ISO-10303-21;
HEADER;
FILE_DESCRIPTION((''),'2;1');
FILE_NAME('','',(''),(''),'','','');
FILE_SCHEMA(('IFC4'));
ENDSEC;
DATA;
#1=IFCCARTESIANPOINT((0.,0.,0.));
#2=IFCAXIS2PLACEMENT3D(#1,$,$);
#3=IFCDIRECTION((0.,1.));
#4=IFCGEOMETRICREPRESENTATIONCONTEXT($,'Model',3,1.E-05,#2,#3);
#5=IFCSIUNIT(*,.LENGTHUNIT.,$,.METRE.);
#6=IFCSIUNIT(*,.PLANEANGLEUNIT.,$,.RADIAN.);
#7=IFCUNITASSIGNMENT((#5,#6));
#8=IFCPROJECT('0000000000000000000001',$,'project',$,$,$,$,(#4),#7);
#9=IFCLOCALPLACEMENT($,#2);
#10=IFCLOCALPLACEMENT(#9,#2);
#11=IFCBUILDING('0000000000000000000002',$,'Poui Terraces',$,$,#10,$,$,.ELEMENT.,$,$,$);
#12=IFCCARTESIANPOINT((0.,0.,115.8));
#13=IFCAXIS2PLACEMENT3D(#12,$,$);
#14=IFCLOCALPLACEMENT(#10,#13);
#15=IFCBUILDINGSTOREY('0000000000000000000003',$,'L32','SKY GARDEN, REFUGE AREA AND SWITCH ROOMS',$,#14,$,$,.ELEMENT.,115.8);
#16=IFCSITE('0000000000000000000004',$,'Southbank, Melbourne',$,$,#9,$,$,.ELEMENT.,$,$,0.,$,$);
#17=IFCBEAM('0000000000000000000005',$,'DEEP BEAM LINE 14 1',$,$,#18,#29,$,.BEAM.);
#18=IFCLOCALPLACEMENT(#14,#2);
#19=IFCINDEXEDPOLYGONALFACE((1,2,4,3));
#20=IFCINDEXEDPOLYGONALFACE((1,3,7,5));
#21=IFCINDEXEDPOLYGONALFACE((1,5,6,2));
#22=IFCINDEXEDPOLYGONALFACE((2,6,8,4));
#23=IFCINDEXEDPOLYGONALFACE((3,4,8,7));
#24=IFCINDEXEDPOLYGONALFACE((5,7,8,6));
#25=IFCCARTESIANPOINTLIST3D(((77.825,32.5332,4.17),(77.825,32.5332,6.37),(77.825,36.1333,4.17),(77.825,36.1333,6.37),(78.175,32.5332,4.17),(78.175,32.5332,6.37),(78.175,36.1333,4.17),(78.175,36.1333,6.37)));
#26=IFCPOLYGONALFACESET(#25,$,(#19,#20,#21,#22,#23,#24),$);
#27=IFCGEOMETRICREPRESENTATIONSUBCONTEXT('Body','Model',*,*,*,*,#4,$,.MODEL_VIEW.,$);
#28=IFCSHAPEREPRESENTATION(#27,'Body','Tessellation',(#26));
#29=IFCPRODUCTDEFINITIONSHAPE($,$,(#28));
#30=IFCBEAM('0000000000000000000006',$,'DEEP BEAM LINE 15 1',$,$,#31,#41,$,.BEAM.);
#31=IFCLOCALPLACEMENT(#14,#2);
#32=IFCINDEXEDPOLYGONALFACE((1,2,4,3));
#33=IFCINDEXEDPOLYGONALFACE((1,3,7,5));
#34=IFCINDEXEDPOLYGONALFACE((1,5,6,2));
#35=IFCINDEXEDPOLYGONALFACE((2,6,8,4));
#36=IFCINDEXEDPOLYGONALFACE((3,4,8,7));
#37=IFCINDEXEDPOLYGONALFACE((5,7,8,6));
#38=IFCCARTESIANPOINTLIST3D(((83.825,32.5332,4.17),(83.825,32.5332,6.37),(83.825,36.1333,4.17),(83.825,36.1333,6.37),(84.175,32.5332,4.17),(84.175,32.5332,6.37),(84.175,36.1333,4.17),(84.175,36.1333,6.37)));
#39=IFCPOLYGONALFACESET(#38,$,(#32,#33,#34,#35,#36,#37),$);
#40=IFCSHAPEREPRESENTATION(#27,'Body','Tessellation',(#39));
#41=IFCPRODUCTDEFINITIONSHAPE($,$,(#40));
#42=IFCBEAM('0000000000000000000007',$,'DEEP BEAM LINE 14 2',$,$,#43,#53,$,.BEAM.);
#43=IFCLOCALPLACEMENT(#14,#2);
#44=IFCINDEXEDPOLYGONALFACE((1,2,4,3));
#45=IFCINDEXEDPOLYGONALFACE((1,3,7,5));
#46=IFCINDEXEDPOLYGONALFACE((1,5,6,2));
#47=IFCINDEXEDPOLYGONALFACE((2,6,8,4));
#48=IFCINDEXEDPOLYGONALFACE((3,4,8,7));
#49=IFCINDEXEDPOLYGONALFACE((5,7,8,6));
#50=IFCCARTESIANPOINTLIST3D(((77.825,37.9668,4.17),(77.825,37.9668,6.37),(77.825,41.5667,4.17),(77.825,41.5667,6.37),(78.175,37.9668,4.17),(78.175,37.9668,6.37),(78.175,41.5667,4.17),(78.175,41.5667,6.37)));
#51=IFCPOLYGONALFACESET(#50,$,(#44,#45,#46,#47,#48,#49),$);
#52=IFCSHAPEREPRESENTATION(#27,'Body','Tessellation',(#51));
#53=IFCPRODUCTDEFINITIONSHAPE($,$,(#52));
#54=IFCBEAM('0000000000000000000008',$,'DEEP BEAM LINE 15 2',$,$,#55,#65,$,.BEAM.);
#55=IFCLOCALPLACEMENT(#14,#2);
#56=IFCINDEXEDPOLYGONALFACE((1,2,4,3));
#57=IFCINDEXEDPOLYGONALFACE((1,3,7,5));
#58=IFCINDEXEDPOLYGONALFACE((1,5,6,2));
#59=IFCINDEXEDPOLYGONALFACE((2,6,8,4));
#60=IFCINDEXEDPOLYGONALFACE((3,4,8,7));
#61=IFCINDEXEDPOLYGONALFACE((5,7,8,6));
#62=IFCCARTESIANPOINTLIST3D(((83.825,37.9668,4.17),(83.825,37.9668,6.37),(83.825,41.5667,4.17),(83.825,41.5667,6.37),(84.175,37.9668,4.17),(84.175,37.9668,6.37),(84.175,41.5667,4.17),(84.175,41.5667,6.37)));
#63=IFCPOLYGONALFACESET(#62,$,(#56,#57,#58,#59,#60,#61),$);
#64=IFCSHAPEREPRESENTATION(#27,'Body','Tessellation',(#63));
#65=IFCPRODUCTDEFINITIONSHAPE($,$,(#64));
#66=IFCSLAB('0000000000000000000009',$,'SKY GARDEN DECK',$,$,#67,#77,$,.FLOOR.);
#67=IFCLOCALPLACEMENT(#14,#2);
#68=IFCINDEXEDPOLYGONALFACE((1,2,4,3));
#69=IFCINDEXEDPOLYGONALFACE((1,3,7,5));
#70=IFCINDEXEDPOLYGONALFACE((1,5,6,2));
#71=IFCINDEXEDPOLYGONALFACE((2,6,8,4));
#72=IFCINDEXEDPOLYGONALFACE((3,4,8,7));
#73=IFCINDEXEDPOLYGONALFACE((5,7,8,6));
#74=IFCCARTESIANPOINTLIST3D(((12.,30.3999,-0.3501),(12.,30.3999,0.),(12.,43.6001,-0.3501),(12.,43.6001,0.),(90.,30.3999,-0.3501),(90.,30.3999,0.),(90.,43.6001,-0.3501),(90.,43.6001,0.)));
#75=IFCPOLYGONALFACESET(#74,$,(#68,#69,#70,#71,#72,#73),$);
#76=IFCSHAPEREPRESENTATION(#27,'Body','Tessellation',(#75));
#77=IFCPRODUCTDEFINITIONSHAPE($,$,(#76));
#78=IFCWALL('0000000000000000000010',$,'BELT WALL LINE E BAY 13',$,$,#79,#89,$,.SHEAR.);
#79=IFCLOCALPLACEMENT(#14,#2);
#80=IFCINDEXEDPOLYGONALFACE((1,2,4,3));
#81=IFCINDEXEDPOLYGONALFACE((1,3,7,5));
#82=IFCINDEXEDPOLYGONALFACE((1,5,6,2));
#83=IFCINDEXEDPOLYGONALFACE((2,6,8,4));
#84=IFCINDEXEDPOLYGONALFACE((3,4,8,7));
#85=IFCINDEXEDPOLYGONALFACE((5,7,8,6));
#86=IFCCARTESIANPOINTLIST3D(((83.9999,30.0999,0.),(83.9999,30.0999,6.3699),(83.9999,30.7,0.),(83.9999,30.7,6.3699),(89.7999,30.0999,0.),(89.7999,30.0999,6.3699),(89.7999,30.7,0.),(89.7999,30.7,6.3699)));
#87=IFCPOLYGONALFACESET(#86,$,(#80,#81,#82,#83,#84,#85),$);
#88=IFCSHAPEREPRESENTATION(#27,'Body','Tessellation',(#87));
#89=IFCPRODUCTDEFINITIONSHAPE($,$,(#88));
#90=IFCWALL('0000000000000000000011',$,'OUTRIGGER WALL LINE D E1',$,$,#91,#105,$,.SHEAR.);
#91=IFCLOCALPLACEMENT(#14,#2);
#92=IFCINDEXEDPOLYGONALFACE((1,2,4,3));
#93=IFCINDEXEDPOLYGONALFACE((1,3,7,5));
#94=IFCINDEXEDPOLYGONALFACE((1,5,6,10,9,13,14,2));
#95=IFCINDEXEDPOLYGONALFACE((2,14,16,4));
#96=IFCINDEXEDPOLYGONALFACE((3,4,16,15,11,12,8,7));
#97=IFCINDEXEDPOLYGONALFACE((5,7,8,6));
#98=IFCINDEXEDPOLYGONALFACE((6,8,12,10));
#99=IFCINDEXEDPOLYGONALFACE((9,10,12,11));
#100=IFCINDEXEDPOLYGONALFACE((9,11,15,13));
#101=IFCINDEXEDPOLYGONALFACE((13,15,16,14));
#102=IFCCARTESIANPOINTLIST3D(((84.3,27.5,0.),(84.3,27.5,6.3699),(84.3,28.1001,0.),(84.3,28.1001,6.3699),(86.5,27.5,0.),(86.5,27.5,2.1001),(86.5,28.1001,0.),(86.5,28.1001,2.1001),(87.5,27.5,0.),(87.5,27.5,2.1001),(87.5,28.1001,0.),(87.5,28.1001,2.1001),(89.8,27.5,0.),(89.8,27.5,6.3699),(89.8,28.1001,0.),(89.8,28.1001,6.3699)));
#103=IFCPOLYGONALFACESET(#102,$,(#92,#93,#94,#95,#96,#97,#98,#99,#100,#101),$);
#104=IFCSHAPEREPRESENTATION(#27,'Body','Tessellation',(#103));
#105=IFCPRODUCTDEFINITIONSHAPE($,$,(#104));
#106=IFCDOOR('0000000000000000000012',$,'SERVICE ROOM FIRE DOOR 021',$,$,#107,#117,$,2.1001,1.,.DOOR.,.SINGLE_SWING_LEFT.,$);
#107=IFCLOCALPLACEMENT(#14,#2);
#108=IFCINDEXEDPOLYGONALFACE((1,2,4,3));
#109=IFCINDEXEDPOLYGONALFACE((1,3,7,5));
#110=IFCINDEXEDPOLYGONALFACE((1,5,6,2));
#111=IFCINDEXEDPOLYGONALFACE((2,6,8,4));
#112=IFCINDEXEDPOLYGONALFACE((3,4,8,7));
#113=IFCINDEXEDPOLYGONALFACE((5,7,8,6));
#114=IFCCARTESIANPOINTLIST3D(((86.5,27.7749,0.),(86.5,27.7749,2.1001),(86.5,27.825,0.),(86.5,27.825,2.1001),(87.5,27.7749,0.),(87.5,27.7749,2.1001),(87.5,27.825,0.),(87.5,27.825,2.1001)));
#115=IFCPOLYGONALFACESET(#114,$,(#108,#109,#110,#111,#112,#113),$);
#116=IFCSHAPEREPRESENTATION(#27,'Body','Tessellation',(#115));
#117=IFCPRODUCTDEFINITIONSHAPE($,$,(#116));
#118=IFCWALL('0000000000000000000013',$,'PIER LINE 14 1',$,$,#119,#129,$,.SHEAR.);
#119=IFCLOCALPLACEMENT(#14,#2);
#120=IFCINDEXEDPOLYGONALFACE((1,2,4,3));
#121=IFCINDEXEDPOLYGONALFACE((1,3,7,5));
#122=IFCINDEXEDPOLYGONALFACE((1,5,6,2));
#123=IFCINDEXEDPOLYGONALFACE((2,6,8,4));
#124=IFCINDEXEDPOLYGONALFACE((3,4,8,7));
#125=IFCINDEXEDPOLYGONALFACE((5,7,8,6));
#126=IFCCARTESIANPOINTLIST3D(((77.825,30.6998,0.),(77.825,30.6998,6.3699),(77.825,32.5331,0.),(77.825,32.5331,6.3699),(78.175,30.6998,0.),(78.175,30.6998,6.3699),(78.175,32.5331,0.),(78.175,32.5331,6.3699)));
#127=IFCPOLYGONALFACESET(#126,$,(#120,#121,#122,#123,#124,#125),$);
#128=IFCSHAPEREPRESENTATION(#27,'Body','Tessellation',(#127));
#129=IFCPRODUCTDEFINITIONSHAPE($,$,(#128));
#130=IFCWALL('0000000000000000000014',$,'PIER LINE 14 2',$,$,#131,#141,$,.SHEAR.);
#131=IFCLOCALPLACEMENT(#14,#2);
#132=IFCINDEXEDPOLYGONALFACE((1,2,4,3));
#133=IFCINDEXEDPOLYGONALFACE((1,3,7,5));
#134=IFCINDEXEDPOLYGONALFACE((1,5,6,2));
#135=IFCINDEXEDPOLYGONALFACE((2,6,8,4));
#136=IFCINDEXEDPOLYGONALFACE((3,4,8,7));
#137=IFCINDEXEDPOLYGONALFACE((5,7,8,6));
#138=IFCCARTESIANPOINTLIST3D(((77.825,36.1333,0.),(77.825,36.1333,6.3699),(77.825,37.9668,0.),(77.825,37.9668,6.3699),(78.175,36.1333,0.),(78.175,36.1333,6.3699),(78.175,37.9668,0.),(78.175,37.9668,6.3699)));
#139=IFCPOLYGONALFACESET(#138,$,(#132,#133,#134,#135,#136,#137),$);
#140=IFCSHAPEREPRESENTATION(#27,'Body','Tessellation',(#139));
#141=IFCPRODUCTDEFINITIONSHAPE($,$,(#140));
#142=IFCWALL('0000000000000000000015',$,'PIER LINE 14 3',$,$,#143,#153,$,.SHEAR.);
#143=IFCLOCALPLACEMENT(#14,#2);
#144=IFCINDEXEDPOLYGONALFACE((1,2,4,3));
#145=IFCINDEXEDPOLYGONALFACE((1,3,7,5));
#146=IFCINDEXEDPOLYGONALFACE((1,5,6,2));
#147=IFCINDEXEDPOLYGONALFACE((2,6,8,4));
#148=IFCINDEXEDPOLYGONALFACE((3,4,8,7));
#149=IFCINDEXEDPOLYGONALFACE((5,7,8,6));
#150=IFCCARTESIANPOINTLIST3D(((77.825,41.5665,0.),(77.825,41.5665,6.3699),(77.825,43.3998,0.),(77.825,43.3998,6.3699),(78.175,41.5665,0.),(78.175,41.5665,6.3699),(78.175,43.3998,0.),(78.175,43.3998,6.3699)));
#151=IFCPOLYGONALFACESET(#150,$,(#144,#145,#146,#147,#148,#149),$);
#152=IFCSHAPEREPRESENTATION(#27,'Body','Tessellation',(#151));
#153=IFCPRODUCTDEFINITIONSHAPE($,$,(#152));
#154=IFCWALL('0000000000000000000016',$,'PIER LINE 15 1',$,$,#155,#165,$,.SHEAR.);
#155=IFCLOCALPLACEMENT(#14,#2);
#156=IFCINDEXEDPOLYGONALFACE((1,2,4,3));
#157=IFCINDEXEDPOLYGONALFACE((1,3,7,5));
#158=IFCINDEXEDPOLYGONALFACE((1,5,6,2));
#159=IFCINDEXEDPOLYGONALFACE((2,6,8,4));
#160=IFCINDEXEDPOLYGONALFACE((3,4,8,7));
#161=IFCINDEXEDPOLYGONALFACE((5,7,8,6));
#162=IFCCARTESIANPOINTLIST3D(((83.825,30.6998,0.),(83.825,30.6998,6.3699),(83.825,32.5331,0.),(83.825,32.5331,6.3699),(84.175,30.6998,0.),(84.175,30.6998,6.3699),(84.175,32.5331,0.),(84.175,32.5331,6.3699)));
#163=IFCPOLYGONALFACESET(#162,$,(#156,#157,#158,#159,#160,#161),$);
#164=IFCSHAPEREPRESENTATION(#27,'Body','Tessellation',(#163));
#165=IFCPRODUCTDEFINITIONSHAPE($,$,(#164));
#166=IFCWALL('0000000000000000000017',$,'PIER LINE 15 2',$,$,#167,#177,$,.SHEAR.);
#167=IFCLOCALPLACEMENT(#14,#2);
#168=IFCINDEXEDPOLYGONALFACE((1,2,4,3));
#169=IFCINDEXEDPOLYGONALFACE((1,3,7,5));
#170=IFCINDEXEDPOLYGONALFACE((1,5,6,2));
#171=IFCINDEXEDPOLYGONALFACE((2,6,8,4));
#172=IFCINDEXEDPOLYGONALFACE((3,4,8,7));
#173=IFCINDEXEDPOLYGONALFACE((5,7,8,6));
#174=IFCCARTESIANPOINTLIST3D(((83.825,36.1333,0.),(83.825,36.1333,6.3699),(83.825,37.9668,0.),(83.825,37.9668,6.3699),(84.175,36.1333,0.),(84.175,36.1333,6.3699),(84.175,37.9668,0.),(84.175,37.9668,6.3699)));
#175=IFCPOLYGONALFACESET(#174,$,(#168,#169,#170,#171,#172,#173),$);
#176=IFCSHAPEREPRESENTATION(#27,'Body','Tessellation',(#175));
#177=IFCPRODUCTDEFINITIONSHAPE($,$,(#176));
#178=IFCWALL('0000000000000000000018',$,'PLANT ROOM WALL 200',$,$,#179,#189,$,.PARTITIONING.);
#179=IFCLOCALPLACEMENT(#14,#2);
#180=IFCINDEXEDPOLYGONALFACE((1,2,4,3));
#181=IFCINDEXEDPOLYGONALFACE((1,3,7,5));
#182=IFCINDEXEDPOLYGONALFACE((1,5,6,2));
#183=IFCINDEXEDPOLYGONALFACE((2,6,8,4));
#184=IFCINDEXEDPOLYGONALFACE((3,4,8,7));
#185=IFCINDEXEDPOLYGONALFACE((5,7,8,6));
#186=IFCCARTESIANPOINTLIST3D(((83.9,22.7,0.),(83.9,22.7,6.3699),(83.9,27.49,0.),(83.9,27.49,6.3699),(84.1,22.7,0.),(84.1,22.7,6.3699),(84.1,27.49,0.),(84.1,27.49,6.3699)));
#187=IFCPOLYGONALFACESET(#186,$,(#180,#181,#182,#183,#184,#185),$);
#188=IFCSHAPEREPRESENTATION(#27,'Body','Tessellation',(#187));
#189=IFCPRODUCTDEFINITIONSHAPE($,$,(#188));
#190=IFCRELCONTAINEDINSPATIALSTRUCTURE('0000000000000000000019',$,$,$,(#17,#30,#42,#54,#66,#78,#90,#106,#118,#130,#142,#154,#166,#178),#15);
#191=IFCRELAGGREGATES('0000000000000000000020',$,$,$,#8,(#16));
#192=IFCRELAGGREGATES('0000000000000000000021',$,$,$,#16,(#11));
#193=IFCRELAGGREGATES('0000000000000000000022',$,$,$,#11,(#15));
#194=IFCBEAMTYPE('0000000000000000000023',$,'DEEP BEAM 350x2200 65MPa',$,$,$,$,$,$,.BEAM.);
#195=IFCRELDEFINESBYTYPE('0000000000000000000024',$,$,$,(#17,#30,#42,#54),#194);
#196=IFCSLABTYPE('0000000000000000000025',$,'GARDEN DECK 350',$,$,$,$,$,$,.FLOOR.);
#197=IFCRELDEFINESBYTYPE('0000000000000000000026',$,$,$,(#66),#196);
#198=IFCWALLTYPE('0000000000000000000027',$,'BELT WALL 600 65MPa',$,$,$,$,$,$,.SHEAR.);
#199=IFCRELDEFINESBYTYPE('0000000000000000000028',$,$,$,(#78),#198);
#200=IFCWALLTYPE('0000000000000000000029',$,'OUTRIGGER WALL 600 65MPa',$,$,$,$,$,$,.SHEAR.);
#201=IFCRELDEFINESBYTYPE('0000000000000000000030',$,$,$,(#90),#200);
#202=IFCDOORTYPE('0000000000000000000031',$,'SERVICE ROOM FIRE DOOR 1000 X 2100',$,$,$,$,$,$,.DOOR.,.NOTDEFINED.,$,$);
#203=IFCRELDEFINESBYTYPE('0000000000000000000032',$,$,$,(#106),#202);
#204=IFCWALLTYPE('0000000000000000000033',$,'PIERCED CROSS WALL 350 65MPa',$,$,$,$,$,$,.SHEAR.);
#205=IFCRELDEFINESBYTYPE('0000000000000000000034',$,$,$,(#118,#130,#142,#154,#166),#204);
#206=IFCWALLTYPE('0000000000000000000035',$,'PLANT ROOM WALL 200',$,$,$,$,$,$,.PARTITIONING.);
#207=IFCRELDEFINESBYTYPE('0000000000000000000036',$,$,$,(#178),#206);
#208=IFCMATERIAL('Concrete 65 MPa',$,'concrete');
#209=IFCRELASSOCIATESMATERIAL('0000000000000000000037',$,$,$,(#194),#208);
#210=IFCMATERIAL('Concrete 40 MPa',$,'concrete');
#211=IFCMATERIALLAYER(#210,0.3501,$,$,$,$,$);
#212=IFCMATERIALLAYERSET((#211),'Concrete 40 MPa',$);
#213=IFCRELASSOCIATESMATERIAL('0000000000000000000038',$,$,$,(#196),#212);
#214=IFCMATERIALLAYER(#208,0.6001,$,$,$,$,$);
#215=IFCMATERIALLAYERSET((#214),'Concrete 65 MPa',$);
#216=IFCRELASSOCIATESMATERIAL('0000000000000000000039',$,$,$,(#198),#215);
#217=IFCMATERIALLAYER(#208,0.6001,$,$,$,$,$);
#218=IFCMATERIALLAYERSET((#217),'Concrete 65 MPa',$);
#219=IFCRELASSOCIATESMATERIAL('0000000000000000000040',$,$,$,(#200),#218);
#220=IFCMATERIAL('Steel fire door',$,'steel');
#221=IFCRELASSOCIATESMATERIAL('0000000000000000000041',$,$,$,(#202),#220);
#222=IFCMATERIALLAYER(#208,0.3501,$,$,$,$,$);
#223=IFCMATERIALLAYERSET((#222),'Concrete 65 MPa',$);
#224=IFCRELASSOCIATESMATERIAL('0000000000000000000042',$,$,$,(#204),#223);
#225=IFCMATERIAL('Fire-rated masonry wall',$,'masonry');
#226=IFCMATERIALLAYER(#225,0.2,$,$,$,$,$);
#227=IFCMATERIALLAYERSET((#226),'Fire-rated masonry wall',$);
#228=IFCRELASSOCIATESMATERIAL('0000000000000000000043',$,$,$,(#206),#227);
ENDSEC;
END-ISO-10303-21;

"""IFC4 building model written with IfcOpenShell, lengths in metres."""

from ifc_helpers import new_model, si_unit, direction, frame, frame_2d, origin, origin_2d, place, context, subcontext, project, spatial, polyline, rectangle, outline, extrude, source, transform, mapped, material, layer, layer_set, material_profile, profile_set, type_object, element, fill, save


model = new_model("IFC4")

# Units and contexts
model_context = context("Model", 3, precision=1e-05, world=origin(), true_north=direction((0.0, 1.0)))
body_context = subcontext(model_context, "Body", "Model", "MODEL_VIEW")
ifc_project = project(units=[si_unit("LENGTHUNIT", "METRE"), si_unit("PLANEANGLEUNIT", "RADIAN")], contexts=[model_context])

# Site, building, storey
site_placement = place(None, origin())
site = spatial("IfcSite", under=ifc_project, at=site_placement, Name="Southbank, Melbourne", CompositionType="ELEMENT", RefElevation=0.0)
building_placement = place(site_placement, origin())
building = spatial("IfcBuilding", under=site, at=building_placement, Name="Poui Terraces", CompositionType="ELEMENT")
storey_placement = place(building_placement, frame((0.0, 0.0, 115.8)))
storey = spatial("IfcBuildingStorey", under=building, at=storey_placement, Name="L32", Description="SKY GARDEN, REFUGE AREA AND SWITCH ROOMS", CompositionType="ELEMENT", Elevation=115.8)

# Beams
ifc_material_1 = material(Name="Concrete 65 MPa", Category="concrete")
ifc_material_profile = material_profile(ifc_material_1, rectangle(XDim=0.3501, YDim=2.2, at=origin_2d()), Name="RC 350x2200")
ifc_profile_set = profile_set([ifc_material_profile], Name="Concrete 65 MPa")
beam_type = type_object("IfcBeamType", Name="DEEP BEAM 350x2200 65MPa", PredefinedType="BEAM", material=ifc_profile_set)
shared_shape_1 = source(origin(), body_context, "Body", "SweptSolid", [
    extrude(rectangle(XDim=0.3501, YDim=2.2, at=origin_2d()), origin(), (0.0, 0.0, 1.0), 3.6001),
])
for number, where, z_axis, x_axis, name in (
    (1, (78.0, 32.5332, 5.27), (0.0, 1.0, 0.0), (-1.0, 0.0, 0.0), "DEEP BEAM LINE 14 1"),
    (2, (84.0, 32.5332, 5.27), (0.0, 1.0, 0.0), (-1.0, 0.0, 0.0), "DEEP BEAM LINE 15 1"),
):
    element("IfcBeam", number, at=place(storey_placement, frame(where, z_axis=z_axis, x_axis=x_axis)), inside=storey, type_object=beam_type, Name=name, PredefinedType="BEAM", context=body_context, shape_type="MappedRepresentation", body=[
        mapped(shared_shape_1, transform((0.0, 0.0, 0.0))),
    ])
shared_shape_2 = source(origin(), body_context, "Body", "SweptSolid", [
    extrude(rectangle(XDim=0.3501, YDim=2.2, at=origin_2d()), origin(), (0.0, 0.0, 1.0), 3.5999),
])
for number, where, z_axis, x_axis, name in (
    (3, (78.0, 37.9668, 5.27), (0.0, 1.0, 0.0), (-1.0, 0.0, 0.0), "DEEP BEAM LINE 14 2"),
    (4, (84.0, 37.9668, 5.27), (0.0, 1.0, 0.0), (-1.0, 0.0, 0.0), "DEEP BEAM LINE 15 2"),
):
    element("IfcBeam", number, at=place(storey_placement, frame(where, z_axis=z_axis, x_axis=x_axis)), inside=storey, type_object=beam_type, Name=name, PredefinedType="BEAM", context=body_context, shape_type="MappedRepresentation", body=[
        mapped(shared_shape_2, transform((0.0, 0.0, 0.0))),
    ])

# Slab
ifc_material_2 = material(Name="Concrete 40 MPa", Category="concrete")
ifc_layer_1 = layer(ifc_material_2, 0.3501)
ifc_layer_set_1 = layer_set([ifc_layer_1], Name="Concrete 40 MPa")
slab_type = type_object("IfcSlabType", Name="GARDEN DECK 350", PredefinedType="FLOOR", material=ifc_layer_set_1)
shared_shape_3 = source(origin(), body_context, "Body", "SweptSolid", [
    extrude(outline(polyline([(0.0, 0.0), (0.0, 13.2002), (-78.0, 13.2002), (-78.0, 0.0), (0.0, 0.0)])), origin(), (0.0, 0.0, 1.0), 0.3501),
])
slab_placement = place(storey_placement, frame((90.0, 30.3999, -0.3501)))
element("IfcSlab", 5, at=slab_placement, inside=storey, type_object=slab_type, Name="SKY GARDEN DECK", PredefinedType="FLOOR", context=body_context, shape_type="MappedRepresentation", body=[
    mapped(shared_shape_3, transform((0.0, 0.0, 0.0))),
])

# Wall
ifc_layer_2 = layer(ifc_material_1, 0.6001)
ifc_layer_set_2 = layer_set([ifc_layer_2], Name="Concrete 65 MPa")
wall_type_1 = type_object("IfcWallType", Name="BELT WALL 600 65MPa", PredefinedType="SHEAR", material=ifc_layer_set_2)
wall_1_placement = place(storey_placement, frame((84.0, 30.3999, 0.0), z_axis=(0.0, 0.0, 1.0), x_axis=(1.0, 0.0, 0.0)))
element("IfcWall", 6, at=wall_1_placement, inside=storey, type_object=wall_type_1, Name="BELT WALL LINE E BAY 13", PredefinedType="SHEAR", context=body_context, shape_type="SweptSolid", body=[
    extrude(rectangle(XDim=5.8, YDim=0.6001, at=frame_2d((2.8999, 0.0))), origin(), (0.0, 0.0, 1.0), 6.3699),
])

# Wall, opening, door
ifc_layer_3 = layer(ifc_material_1, 0.6001)
ifc_layer_set_3 = layer_set([ifc_layer_3], Name="Concrete 65 MPa")
wall_type_2 = type_object("IfcWallType", Name="OUTRIGGER WALL 600 65MPa", PredefinedType="SHEAR", material=ifc_layer_set_3)
wall_2_placement = place(storey_placement, frame((84.3, 27.8, 0.0), z_axis=(0.0, 0.0, 1.0), x_axis=(1.0, 0.0, 0.0)))
wall_2 = element("IfcWall", 7, at=wall_2_placement, inside=storey, type_object=wall_type_2, Name="OUTRIGGER WALL LINE D E1", PredefinedType="SHEAR", context=body_context, shape_type="SweptSolid", body=[
    extrude(rectangle(XDim=5.5, YDim=0.6001, at=frame_2d((2.75, 0.0))), origin(), (0.0, 0.0, 1.0), 6.3699),
])
opening_placement = place(wall_2_placement, frame((2.2, 0.0, 0.0)))
opening = element("IfcOpeningElement", 8, at=opening_placement, cuts=wall_2, PredefinedType="OPENING", context=body_context, shape_type="SweptSolid", body=[
    extrude(rectangle(XDim=1.0, YDim=2.1001, at=frame_2d((0.5, 1.05))), frame((0.0, 0.3101, 0.0), z_axis=(0.0, -1.0, 0.0), x_axis=(1.0, 0.0, 0.0)), (0.0, 0.0, 1.0), 0.6201),
])
ifc_material_3 = material(Name="Steel fire door", Category="steel")
door_type = type_object("IfcDoorType", Name="SERVICE ROOM FIRE DOOR 1000 X 2100", OperationType="NOTDEFINED", PredefinedType="DOOR", material=ifc_material_3)
door_placement = place(opening_placement, origin())
door = element("IfcDoor", 9, at=door_placement, inside=storey, type_object=door_type, Name="SERVICE ROOM FIRE DOOR 021", OperationType="SINGLE_SWING_LEFT", OverallHeight=2.1001, OverallWidth=1.0, PredefinedType="DOOR", context=body_context, shape_type="SweptSolid", body=[
    extrude(rectangle(XDim=1.0, YDim=2.1001, at=frame_2d((0.5, 1.05))), frame((0.0, 0.0249, 0.0), z_axis=(0.0, -1.0, 0.0), x_axis=(1.0, 0.0, 0.0)), (0.0, 0.0, 1.0), 0.05),
])
fill(opening, door)

# Walls
ifc_layer_4 = layer(ifc_material_1, 0.3501)
ifc_layer_set_4 = layer_set([ifc_layer_4], Name="Concrete 65 MPa")
wall_type_3 = type_object("IfcWallType", Name="PIERCED CROSS WALL 350 65MPa", PredefinedType="SHEAR", material=ifc_layer_set_4)
wall_3_placement = place(storey_placement, frame((78.0, 30.7, 0.0), z_axis=(0.0, 0.0, 1.0), x_axis=(0.0, 1.0, 0.0)))
element("IfcWall", 10, at=wall_3_placement, inside=storey, type_object=wall_type_3, Name="PIER LINE 14 1", PredefinedType="SHEAR", context=body_context, shape_type="SweptSolid", body=[
    extrude(rectangle(XDim=1.8333, YDim=0.3501, at=frame_2d((0.9165, 0.0))), origin(), (0.0, 0.0, 1.0), 6.3699),
])
wall_4_placement = place(storey_placement, frame((78.0, 36.1333, 0.0), z_axis=(0.0, 0.0, 1.0), x_axis=(0.0, 1.0, 0.0)))
element("IfcWall", 11, at=wall_4_placement, inside=storey, type_object=wall_type_3, Name="PIER LINE 14 2", PredefinedType="SHEAR", context=body_context, shape_type="SweptSolid", body=[
    extrude(rectangle(XDim=1.8335, YDim=0.3501, at=frame_2d((0.9167, 0.0))), origin(), (0.0, 0.0, 1.0), 6.3699),
])
for number, where, z_axis, x_axis, name in (
    (12, (78.0, 41.5667, 0.0), (0.0, 0.0, 1.0), (0.0, 1.0, 0.0), "PIER LINE 14 3"),
    (13, (84.0, 30.7, 0.0), (0.0, 0.0, 1.0), (0.0, 1.0, 0.0), "PIER LINE 15 1"),
):
    element("IfcWall", number, at=place(storey_placement, frame(where, z_axis=z_axis, x_axis=x_axis)), inside=storey, type_object=wall_type_3, Name=name, PredefinedType="SHEAR", context=body_context, shape_type="SweptSolid", body=[
        extrude(rectangle(XDim=1.8333, YDim=0.3501, at=frame_2d((0.9165, 0.0))), origin(), (0.0, 0.0, 1.0), 6.3699),
    ])
wall_5_placement = place(storey_placement, frame((84.0, 36.1333, 0.0), z_axis=(0.0, 0.0, 1.0), x_axis=(0.0, 1.0, 0.0)))
element("IfcWall", 14, at=wall_5_placement, inside=storey, type_object=wall_type_3, Name="PIER LINE 15 2", PredefinedType="SHEAR", context=body_context, shape_type="SweptSolid", body=[
    extrude(rectangle(XDim=1.8335, YDim=0.3501, at=frame_2d((0.9167, 0.0))), origin(), (0.0, 0.0, 1.0), 6.3699),
])
ifc_material_4 = material(Name="Fire-rated masonry wall", Category="masonry")
ifc_layer_5 = layer(ifc_material_4, 0.2)
ifc_layer_set_5 = layer_set([ifc_layer_5], Name="Fire-rated masonry wall")
wall_type_4 = type_object("IfcWallType", Name="PLANT ROOM WALL 200", PredefinedType="PARTITIONING", material=ifc_layer_set_5)
wall_6_placement = place(storey_placement, frame((84.0, 22.7, 0.0), z_axis=(0.0, 0.0, 1.0), x_axis=(0.0, 1.0, 0.0)))
element("IfcWall", 15, at=wall_6_placement, inside=storey, type_object=wall_type_4, Name="PLANT ROOM WALL 200", PredefinedType="PARTITIONING", context=body_context, shape_type="SweptSolid", body=[
    extrude(rectangle(XDim=4.79, YDim=0.2, at=frame_2d((2.395, 0.0))), origin(), (0.0, 0.0, 1.0), 6.3699),
])

save(model, "model.ifc")
